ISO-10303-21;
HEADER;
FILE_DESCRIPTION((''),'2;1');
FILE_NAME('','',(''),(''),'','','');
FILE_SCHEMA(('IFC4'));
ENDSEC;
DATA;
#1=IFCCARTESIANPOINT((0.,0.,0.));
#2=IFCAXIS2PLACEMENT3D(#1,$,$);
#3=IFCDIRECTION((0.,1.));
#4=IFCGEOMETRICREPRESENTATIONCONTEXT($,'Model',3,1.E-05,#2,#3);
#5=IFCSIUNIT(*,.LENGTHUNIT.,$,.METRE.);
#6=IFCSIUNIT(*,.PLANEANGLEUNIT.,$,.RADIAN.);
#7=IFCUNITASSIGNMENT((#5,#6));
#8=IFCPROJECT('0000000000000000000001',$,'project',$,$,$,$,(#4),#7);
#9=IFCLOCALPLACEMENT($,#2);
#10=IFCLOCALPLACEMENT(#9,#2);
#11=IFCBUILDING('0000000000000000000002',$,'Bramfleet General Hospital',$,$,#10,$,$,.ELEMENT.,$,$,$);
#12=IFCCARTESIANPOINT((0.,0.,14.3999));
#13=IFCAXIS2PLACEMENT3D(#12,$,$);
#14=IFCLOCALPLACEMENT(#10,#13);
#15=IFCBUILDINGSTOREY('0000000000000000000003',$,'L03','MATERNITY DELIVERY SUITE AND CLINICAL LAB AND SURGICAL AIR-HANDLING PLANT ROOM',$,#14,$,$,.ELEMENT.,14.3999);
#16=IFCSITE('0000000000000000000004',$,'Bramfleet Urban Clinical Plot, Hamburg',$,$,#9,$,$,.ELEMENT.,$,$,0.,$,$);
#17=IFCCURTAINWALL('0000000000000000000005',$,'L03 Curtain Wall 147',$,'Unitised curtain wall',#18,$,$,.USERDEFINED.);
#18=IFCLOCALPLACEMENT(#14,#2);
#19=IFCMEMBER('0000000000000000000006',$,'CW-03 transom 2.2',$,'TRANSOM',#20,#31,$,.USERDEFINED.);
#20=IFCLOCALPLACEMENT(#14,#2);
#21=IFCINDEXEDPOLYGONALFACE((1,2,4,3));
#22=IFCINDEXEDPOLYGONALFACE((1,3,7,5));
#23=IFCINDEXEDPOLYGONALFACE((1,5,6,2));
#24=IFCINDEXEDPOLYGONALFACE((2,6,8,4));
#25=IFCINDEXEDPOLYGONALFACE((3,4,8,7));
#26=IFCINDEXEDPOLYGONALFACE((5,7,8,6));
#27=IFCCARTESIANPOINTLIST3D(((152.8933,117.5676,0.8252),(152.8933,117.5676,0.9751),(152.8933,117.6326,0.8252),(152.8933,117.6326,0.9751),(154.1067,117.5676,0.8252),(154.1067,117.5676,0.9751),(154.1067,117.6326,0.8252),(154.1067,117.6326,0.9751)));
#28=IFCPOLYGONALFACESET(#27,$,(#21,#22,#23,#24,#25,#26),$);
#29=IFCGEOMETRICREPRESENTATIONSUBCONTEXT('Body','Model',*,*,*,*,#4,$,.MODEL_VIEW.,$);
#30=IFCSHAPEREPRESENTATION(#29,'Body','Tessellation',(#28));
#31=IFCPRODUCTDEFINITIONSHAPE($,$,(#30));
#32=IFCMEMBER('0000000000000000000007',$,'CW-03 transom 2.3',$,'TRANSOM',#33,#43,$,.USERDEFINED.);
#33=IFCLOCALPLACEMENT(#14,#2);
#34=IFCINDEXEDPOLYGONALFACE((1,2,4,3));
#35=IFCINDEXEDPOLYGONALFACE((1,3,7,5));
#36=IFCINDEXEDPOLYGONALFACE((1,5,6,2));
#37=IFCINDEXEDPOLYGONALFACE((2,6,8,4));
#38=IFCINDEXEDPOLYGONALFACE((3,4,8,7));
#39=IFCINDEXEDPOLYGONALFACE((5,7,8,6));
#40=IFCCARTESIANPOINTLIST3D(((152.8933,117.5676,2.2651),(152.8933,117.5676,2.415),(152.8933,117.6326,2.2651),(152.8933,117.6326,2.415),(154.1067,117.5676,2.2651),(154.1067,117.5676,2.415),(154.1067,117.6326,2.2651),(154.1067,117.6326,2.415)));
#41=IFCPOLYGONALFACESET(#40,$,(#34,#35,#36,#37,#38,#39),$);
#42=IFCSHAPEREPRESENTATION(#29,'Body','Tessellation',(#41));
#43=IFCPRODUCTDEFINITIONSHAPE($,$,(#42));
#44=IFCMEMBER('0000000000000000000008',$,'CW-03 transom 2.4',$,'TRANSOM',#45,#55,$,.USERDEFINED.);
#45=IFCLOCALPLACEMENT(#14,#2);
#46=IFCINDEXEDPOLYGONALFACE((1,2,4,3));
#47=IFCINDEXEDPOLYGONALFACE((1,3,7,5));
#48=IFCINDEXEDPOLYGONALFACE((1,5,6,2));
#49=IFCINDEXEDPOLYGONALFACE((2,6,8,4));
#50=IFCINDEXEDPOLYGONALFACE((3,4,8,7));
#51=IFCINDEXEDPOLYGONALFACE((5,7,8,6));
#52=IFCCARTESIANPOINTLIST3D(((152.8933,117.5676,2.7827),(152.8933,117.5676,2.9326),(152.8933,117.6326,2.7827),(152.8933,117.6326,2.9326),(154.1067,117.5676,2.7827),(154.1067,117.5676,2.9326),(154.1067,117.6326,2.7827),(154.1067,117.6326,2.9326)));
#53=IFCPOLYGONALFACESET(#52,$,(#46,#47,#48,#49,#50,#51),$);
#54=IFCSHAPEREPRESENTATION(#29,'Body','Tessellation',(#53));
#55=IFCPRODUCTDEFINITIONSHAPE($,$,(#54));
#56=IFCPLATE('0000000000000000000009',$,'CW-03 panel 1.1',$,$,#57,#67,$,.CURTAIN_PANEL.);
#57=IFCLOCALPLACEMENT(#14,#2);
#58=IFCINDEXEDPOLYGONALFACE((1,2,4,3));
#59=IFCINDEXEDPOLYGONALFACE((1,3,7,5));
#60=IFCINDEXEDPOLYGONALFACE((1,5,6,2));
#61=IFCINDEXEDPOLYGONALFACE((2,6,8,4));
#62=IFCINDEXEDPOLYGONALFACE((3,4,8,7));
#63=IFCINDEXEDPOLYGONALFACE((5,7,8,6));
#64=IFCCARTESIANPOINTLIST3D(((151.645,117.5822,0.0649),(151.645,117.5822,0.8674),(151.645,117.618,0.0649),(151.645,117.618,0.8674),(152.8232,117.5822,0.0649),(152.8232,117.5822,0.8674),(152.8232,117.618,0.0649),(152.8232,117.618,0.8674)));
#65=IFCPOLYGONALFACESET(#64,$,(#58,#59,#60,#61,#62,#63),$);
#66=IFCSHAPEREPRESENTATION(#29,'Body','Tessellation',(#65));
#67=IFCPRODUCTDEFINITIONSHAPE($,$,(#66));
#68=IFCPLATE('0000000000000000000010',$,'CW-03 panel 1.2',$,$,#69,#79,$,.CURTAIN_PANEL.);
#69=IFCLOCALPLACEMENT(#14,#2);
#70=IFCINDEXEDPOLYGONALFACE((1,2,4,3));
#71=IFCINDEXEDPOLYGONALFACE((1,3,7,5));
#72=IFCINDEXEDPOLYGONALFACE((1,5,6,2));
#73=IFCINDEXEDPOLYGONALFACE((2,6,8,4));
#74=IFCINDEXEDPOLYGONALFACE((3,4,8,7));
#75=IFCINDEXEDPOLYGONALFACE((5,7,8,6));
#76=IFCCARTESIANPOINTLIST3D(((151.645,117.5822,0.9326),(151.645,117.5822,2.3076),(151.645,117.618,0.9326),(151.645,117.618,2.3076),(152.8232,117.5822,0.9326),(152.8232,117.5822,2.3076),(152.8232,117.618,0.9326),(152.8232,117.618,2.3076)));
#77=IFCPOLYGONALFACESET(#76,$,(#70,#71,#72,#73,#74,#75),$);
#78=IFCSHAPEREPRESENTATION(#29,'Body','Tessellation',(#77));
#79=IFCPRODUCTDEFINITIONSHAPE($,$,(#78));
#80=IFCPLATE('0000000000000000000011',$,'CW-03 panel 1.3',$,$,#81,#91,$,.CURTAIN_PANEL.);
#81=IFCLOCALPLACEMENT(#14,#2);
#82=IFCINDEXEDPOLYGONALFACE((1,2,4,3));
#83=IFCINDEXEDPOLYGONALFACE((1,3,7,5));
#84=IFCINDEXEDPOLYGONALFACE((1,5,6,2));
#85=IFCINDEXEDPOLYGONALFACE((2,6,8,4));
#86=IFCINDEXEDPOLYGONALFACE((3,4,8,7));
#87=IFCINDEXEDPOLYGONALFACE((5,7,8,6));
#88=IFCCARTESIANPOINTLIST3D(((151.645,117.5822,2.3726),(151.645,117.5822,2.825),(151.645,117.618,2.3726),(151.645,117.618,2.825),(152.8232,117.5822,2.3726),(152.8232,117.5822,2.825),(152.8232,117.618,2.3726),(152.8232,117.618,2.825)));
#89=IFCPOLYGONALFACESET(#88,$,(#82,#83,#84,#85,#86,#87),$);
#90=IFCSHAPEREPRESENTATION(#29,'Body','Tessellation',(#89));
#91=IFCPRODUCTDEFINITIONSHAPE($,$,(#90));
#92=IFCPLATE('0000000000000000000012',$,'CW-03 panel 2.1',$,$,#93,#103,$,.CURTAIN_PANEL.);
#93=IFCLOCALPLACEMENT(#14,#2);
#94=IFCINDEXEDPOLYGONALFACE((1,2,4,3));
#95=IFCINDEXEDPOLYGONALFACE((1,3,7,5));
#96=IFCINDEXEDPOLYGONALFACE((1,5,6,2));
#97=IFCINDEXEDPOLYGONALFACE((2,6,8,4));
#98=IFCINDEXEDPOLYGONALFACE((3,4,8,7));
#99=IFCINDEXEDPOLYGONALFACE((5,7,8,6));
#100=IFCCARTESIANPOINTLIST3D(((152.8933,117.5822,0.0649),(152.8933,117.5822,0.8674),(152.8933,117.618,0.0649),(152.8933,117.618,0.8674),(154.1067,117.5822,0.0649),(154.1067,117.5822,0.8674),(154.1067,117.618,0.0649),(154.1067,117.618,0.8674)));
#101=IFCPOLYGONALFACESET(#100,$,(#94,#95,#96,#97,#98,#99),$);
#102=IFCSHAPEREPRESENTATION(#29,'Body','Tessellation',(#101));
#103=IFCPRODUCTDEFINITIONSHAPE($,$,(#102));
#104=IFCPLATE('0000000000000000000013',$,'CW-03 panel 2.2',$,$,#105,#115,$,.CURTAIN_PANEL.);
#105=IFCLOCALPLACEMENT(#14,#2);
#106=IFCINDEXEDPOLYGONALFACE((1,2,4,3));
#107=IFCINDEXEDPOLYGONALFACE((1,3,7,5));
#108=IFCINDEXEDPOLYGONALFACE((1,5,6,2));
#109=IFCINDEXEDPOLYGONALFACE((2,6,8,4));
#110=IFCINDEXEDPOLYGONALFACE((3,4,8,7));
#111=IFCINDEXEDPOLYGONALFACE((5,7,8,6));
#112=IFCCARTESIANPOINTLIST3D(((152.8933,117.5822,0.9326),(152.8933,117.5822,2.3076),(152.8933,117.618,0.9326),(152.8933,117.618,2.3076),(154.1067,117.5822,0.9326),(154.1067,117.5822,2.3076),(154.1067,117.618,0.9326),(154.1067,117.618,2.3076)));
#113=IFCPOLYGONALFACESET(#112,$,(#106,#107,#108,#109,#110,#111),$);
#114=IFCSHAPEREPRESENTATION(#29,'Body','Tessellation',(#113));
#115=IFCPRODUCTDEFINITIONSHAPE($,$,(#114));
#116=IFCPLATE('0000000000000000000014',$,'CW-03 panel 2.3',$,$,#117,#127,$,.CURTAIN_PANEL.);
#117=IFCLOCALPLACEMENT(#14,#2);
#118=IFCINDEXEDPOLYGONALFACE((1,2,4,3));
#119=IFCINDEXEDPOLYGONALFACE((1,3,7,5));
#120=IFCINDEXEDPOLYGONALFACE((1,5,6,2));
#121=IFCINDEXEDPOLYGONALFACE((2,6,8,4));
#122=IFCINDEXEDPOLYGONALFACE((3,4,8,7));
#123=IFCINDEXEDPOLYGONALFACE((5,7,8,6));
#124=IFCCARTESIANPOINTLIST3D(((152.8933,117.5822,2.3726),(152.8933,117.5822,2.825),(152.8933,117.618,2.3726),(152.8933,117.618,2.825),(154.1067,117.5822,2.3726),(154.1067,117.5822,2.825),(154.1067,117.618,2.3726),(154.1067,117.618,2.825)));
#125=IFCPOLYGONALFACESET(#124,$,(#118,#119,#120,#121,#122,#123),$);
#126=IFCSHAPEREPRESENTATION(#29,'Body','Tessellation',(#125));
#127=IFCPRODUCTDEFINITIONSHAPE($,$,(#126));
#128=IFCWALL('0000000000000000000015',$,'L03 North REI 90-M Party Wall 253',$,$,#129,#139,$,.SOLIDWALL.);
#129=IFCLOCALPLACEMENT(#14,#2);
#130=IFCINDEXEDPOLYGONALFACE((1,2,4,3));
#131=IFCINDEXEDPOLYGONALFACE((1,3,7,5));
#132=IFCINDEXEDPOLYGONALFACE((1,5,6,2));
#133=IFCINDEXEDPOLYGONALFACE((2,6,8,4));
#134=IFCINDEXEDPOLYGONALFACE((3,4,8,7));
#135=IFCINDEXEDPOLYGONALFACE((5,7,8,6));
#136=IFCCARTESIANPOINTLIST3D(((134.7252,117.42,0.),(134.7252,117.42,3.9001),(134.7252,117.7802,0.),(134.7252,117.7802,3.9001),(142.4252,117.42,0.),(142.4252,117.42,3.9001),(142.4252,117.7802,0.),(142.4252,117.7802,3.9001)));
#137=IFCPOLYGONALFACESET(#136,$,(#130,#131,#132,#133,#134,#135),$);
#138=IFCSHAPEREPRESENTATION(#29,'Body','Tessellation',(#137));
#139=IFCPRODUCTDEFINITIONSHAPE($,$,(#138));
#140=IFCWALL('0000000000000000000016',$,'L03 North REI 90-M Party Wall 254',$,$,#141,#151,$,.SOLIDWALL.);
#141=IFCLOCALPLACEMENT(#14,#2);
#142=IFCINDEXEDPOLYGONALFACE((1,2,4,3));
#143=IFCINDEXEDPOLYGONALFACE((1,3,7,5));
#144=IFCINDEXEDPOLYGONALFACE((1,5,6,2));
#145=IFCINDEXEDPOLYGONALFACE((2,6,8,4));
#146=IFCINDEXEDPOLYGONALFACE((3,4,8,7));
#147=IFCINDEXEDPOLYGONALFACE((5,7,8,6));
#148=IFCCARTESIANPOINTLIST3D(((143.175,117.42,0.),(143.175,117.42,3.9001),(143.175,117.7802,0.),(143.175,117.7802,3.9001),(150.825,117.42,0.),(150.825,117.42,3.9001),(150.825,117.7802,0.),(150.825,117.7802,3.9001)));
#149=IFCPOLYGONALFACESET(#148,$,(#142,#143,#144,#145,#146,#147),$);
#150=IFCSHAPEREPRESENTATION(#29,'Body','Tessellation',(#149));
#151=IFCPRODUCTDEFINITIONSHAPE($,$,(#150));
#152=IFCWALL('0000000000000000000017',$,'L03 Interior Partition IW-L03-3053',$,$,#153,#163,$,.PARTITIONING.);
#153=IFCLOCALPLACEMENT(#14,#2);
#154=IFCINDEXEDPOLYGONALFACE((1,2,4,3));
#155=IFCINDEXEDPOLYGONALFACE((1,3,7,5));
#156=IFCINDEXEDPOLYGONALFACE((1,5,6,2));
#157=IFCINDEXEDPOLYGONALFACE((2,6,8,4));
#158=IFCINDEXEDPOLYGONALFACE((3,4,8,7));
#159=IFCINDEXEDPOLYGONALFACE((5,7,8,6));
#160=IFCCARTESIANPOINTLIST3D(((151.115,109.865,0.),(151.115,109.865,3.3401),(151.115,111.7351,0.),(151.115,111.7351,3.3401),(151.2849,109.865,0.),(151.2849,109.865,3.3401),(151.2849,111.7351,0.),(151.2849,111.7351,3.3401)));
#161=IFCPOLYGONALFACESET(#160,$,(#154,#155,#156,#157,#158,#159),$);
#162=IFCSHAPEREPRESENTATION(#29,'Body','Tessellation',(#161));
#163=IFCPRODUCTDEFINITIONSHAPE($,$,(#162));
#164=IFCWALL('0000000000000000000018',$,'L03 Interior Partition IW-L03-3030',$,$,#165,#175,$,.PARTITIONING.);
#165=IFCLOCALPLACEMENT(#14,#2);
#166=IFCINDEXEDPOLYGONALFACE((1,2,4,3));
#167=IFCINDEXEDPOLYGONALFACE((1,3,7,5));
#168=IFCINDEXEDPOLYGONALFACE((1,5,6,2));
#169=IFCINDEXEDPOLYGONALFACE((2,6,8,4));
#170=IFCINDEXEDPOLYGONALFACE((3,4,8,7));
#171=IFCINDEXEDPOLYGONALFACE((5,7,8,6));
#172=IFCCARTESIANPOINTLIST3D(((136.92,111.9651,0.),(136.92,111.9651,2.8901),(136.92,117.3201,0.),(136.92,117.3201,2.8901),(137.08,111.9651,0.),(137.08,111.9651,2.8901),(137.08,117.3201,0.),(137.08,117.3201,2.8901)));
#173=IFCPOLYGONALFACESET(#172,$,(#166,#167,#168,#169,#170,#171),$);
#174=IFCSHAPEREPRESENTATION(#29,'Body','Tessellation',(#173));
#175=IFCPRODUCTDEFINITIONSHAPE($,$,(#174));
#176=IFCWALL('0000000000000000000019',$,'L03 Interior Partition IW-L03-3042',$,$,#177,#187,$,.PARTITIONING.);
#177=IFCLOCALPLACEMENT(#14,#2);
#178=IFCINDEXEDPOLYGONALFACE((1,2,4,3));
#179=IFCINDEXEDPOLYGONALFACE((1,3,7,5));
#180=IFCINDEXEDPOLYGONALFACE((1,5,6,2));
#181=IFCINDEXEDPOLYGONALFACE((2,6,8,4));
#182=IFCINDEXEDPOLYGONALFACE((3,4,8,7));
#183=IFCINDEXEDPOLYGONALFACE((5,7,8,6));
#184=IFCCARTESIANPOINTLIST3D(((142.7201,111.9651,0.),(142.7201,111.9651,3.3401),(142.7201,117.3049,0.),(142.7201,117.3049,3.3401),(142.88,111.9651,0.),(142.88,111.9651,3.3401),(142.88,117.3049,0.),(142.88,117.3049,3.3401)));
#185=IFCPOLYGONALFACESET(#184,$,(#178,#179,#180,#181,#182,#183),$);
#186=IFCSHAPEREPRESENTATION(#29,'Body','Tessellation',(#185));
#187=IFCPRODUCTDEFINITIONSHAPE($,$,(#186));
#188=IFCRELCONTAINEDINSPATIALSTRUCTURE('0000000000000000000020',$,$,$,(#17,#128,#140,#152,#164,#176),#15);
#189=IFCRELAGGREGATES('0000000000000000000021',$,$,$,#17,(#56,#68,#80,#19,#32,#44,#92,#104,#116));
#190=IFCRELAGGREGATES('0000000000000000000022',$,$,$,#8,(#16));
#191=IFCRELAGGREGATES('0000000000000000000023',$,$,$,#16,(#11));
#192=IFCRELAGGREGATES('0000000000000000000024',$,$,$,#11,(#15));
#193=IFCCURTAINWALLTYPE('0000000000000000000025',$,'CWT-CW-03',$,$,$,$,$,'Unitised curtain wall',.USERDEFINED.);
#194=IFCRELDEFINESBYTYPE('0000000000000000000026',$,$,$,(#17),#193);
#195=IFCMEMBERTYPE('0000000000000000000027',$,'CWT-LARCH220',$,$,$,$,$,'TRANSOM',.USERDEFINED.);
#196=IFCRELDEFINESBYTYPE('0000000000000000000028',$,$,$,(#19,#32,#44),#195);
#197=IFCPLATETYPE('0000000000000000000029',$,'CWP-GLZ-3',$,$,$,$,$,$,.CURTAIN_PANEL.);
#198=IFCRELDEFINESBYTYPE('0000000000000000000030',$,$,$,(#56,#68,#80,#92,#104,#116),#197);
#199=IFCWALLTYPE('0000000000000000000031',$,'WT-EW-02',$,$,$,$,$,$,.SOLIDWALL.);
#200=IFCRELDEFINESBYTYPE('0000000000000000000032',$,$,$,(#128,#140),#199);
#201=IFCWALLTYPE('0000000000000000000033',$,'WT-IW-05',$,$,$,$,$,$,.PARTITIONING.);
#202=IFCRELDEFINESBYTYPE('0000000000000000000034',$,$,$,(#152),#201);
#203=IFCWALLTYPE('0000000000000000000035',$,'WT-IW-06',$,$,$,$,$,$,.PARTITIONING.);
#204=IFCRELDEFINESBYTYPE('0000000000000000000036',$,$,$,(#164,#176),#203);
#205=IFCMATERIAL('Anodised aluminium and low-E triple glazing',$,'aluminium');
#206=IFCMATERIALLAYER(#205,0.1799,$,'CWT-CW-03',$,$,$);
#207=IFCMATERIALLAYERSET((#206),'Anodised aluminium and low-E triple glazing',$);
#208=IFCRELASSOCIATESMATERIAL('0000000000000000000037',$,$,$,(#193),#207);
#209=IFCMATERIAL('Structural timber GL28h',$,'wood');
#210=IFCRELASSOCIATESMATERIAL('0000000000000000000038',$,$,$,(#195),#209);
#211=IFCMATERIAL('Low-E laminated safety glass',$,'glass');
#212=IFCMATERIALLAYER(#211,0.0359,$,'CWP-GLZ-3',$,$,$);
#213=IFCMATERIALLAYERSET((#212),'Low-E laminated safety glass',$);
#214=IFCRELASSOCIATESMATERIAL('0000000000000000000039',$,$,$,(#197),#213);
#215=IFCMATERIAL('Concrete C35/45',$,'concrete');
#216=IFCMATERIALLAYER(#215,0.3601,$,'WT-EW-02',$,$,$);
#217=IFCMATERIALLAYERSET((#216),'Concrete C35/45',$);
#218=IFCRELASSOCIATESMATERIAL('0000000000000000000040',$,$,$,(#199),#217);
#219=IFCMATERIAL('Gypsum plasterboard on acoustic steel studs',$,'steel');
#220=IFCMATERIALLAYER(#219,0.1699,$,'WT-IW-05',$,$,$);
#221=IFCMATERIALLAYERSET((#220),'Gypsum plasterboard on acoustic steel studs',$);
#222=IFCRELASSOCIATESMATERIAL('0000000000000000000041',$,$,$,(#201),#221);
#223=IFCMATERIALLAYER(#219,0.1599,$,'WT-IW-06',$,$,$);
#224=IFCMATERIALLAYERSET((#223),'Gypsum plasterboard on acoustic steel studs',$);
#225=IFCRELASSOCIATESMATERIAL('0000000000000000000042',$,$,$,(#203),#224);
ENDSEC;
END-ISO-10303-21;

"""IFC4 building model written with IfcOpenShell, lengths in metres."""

from ifc_helpers import new_model, si_unit, direction, frame, frame_2d, origin, origin_2d, place, context, subcontext, project, spatial, rectangle, extrude, material, layer, layer_set, material_profile, profile_set, type_object, element, aggregate, save


model = new_model("IFC4")

# Units and contexts
model_context = context("Model", 3, precision=1e-05, world=origin(), true_north=direction((0.0, 1.0)))
body_context = subcontext(model_context, "Body", "Model", "MODEL_VIEW")
ifc_project = project(units=[si_unit("LENGTHUNIT", "METRE"), si_unit("PLANEANGLEUNIT", "RADIAN")], contexts=[model_context])

# Site, building, storey
site_placement = place(None, origin())
site = spatial("IfcSite", under=ifc_project, at=site_placement, Name="Bramfleet Urban Clinical Plot, Hamburg", CompositionType="ELEMENT", RefElevation=0.0)
building_placement = place(site_placement, origin())
building = spatial("IfcBuilding", under=site, at=building_placement, Name="Bramfleet General Hospital", CompositionType="ELEMENT")
storey_placement = place(building_placement, frame((0.0, 0.0, 14.3999)))
storey = spatial("IfcBuildingStorey", under=building, at=storey_placement, Name="L03", Description="MATERNITY DELIVERY SUITE AND CLINICAL LAB AND SURGICAL AIR-HANDLING PLANT ROOM", CompositionType="ELEMENT", Elevation=14.3999)

# Curtain wall, members, plates
ifc_material_1 = material(Name="Anodised aluminium and low-E triple glazing", Category="aluminium")
ifc_layer_1 = layer(ifc_material_1, 0.1799, Name="CWT-CW-03")
ifc_layer_set_1 = layer_set([ifc_layer_1], Name="Anodised aluminium and low-E triple glazing")
curtain_wall_type = type_object("IfcCurtainWallType", Name="CWT-CW-03", ElementType="Unitised curtain wall", PredefinedType="USERDEFINED", material=ifc_layer_set_1)
curtain_wall_placement = place(storey_placement, origin())
curtain_wall = element("IfcCurtainWall", 1, at=curtain_wall_placement, inside=storey, type_object=curtain_wall_type, Name="L03 Curtain Wall 147", ObjectType="Unitised curtain wall", PredefinedType="USERDEFINED")
ifc_material_2 = material(Name="Structural timber GL28h", Category="wood")
ifc_material_profile_1 = material_profile(ifc_material_2, rectangle(XDim=0.0649, YDim=0.1499, at=origin_2d()), Name="LARCH 150x65")
ifc_profile_set_1 = profile_set([ifc_material_profile_1], Name="Structural timber GL28h")
member_type_1 = type_object("IfcMemberType", Name="CWT-LARCH220", ElementType="TRANSOM", PredefinedType="USERDEFINED", material=ifc_profile_set_1)
member_1_placement = place(storey_placement, frame((152.8933, 117.6001, 0.9001), z_axis=(1.0, 0.0, 0.0), x_axis=(0.0, 1.0, 0.0)))
member_1 = element("IfcMember", 2, at=member_1_placement, type_object=member_type_1, Name="CW-03 transom 2.2", ObjectType="TRANSOM", PredefinedType="USERDEFINED", context=body_context, shape_type="SweptSolid", body=[
    extrude(rectangle(XDim=0.0649, YDim=0.1499, at=origin_2d()), origin(), (0.0, 0.0, 1.0), 1.2134),
])
member_2_placement = place(storey_placement, frame((152.8933, 117.6001, 2.3401), z_axis=(1.0, 0.0, 0.0), x_axis=(0.0, 1.0, 0.0)))
member_2 = element("IfcMember", 3, at=member_2_placement, type_object=member_type_1, Name="CW-03 transom 2.3", ObjectType="TRANSOM", PredefinedType="USERDEFINED", context=body_context, shape_type="SweptSolid", body=[
    extrude(rectangle(XDim=0.0649, YDim=0.1499, at=origin_2d()), origin(), (0.0, 0.0, 1.0), 1.2134),
])
member_3_placement = place(storey_placement, frame((152.8933, 117.6001, 2.8577), z_axis=(1.0, 0.0, 0.0), x_axis=(0.0, 1.0, 0.0)))
member_3 = element("IfcMember", 4, at=member_3_placement, type_object=member_type_1, Name="CW-03 transom 2.4", ObjectType="TRANSOM", PredefinedType="USERDEFINED", context=body_context, shape_type="SweptSolid", body=[
    extrude(rectangle(XDim=0.0649, YDim=0.1499, at=origin_2d()), origin(), (0.0, 0.0, 1.0), 1.2134),
])
ifc_material_3 = material(Name="Low-E laminated safety glass", Category="glass")
ifc_layer_2 = layer(ifc_material_3, 0.0359, Name="CWP-GLZ-3")
ifc_layer_set_2 = layer_set([ifc_layer_2], Name="Low-E laminated safety glass")
plate_type = type_object("IfcPlateType", Name="CWP-GLZ-3", PredefinedType="CURTAIN_PANEL", material=ifc_layer_set_2)
plate_1_placement = place(storey_placement, frame((152.2341, 117.6001, 0.0649), z_axis=(0.0, 0.0, 1.0), x_axis=(1.0, 0.0, 0.0)))
plate_1 = element("IfcPlate", 5, at=plate_1_placement, type_object=plate_type, Name="CW-03 panel 1.1", PredefinedType="CURTAIN_PANEL", context=body_context, shape_type="SweptSolid", body=[
    extrude(rectangle(XDim=1.1782, YDim=0.0359, at=origin_2d()), origin(), (0.0, 0.0, 1.0), 0.8025),
])
plate_2_placement = place(storey_placement, frame((152.2341, 117.6001, 0.9326), z_axis=(0.0, 0.0, 1.0), x_axis=(1.0, 0.0, 0.0)))
plate_2 = element("IfcPlate", 6, at=plate_2_placement, type_object=plate_type, Name="CW-03 panel 1.2", PredefinedType="CURTAIN_PANEL", context=body_context, shape_type="SweptSolid", body=[
    extrude(rectangle(XDim=1.1782, YDim=0.0359, at=origin_2d()), origin(), (0.0, 0.0, 1.0), 1.375),
])
plate_3_placement = place(storey_placement, frame((152.2341, 117.6001, 2.3726), z_axis=(0.0, 0.0, 1.0), x_axis=(1.0, 0.0, 0.0)))
plate_3 = element("IfcPlate", 7, at=plate_3_placement, type_object=plate_type, Name="CW-03 panel 1.3", PredefinedType="CURTAIN_PANEL", context=body_context, shape_type="SweptSolid", body=[
    extrude(rectangle(XDim=1.1782, YDim=0.0359, at=origin_2d()), origin(), (0.0, 0.0, 1.0), 0.4524),
])
plate_4_placement = place(storey_placement, frame((153.5, 117.6001, 0.0649), z_axis=(0.0, 0.0, 1.0), x_axis=(1.0, 0.0, 0.0)))
plate_4 = element("IfcPlate", 8, at=plate_4_placement, type_object=plate_type, Name="CW-03 panel 2.1", PredefinedType="CURTAIN_PANEL", context=body_context, shape_type="SweptSolid", body=[
    extrude(rectangle(XDim=1.2134, YDim=0.0359, at=origin_2d()), origin(), (0.0, 0.0, 1.0), 0.8025),
])
plate_5_placement = place(storey_placement, frame((153.5, 117.6001, 0.9326), z_axis=(0.0, 0.0, 1.0), x_axis=(1.0, 0.0, 0.0)))
plate_5 = element("IfcPlate", 9, at=plate_5_placement, type_object=plate_type, Name="CW-03 panel 2.2", PredefinedType="CURTAIN_PANEL", context=body_context, shape_type="SweptSolid", body=[
    extrude(rectangle(XDim=1.2134, YDim=0.0359, at=origin_2d()), origin(), (0.0, 0.0, 1.0), 1.375),
])
plate_6_placement = place(storey_placement, frame((153.5, 117.6001, 2.3726), z_axis=(0.0, 0.0, 1.0), x_axis=(1.0, 0.0, 0.0)))
plate_6 = element("IfcPlate", 10, at=plate_6_placement, type_object=plate_type, Name="CW-03 panel 2.3", PredefinedType="CURTAIN_PANEL", context=body_context, shape_type="SweptSolid", body=[
    extrude(rectangle(XDim=1.2134, YDim=0.0359, at=origin_2d()), origin(), (0.0, 0.0, 1.0), 0.4524),
])
aggregate(curtain_wall, [plate_1, plate_2, plate_3, member_1, member_2, member_3, plate_4, plate_5, plate_6])

# Walls
ifc_material_4 = material(Name="Concrete C35/45", Category="concrete")
ifc_layer_3 = layer(ifc_material_4, 0.3601, Name="WT-EW-02")
ifc_layer_set_3 = layer_set([ifc_layer_3], Name="Concrete C35/45")
wall_type_1 = type_object("IfcWallType", Name="WT-EW-02", PredefinedType="SOLIDWALL", material=ifc_layer_set_3)
wall_1_placement = place(storey_placement, frame((134.7251, 117.6001, 0.0), z_axis=(0.0, 0.0, 1.0), x_axis=(1.0, 0.0, 0.0)))
element("IfcWall", 11, at=wall_1_placement, inside=storey, type_object=wall_type_1, Name="L03 North REI 90-M Party Wall 253", PredefinedType="SOLIDWALL", context=body_context, shape_type="SweptSolid", body=[
    extrude(rectangle(XDim=7.7, YDim=0.3601, at=frame_2d((3.8501, 0.0))), origin(), (0.0, 0.0, 1.0), 3.9001),
])
wall_2_placement = place(storey_placement, frame((143.175, 117.6001, 0.0), z_axis=(0.0, 0.0, 1.0), x_axis=(1.0, 0.0, 0.0)))
element("IfcWall", 12, at=wall_2_placement, inside=storey, type_object=wall_type_1, Name="L03 North REI 90-M Party Wall 254", PredefinedType="SOLIDWALL", context=body_context, shape_type="SweptSolid", body=[
    extrude(rectangle(XDim=7.6499, YDim=0.3601, at=frame_2d((3.825, 0.0))), origin(), (0.0, 0.0, 1.0), 3.9001),
])
ifc_material_5 = material(Name="Gypsum plasterboard on acoustic steel studs", Category="steel")
ifc_layer_4 = layer(ifc_material_5, 0.1699, Name="WT-IW-05")
ifc_layer_set_4 = layer_set([ifc_layer_4], Name="Gypsum plasterboard on acoustic steel studs")
wall_type_2 = type_object("IfcWallType", Name="WT-IW-05", PredefinedType="PARTITIONING", material=ifc_layer_set_4)
wall_3_placement = place(storey_placement, frame((151.2, 109.865, 0.0), z_axis=(0.0, 0.0, 1.0), x_axis=(0.0, 1.0, 0.0)))
element("IfcWall", 13, at=wall_3_placement, inside=storey, type_object=wall_type_2, Name="L03 Interior Partition IW-L03-3053", PredefinedType="PARTITIONING", context=body_context, shape_type="SweptSolid", body=[
    extrude(rectangle(XDim=1.8701, YDim=0.1699, at=frame_2d((0.9351, 0.0))), origin(), (0.0, 0.0, 1.0), 3.3401),
])
ifc_layer_5 = layer(ifc_material_5, 0.1599, Name="WT-IW-06")
ifc_layer_set_5 = layer_set([ifc_layer_5], Name="Gypsum plasterboard on acoustic steel studs")
wall_type_3 = type_object("IfcWallType", Name="WT-IW-06", PredefinedType="PARTITIONING", material=ifc_layer_set_5)
wall_4_placement = place(storey_placement, frame((137.0, 111.9651, 0.0), z_axis=(0.0, 0.0, 1.0), x_axis=(0.0, 1.0, 0.0)))
element("IfcWall", 14, at=wall_4_placement, inside=storey, type_object=wall_type_3, Name="L03 Interior Partition IW-L03-3030", PredefinedType="PARTITIONING", context=body_context, shape_type="SweptSolid", body=[
    extrude(rectangle(XDim=5.355, YDim=0.1599, at=frame_2d((2.6775, 0.0))), origin(), (0.0, 0.0, 1.0), 2.8901),
])
for number, where, z_axis, x_axis, name in (
    (15, (142.8, 111.9651, 0.0), (0.0, 0.0, 1.0), (0.0, 1.0, 0.0), "L03 Interior Partition IW-L03-3042"),
):
    element("IfcWall", number, at=place(storey_placement, frame(where, z_axis=z_axis, x_axis=x_axis)), inside=storey, type_object=wall_type_3, Name=name, PredefinedType="PARTITIONING", context=body_context, shape_type="SweptSolid", body=[
        extrude(rectangle(XDim=5.3398, YDim=0.1599, at=frame_2d((2.6699, 0.0))), origin(), (0.0, 0.0, 1.0), 3.3401),
    ])

save(model, "model.ifc")
